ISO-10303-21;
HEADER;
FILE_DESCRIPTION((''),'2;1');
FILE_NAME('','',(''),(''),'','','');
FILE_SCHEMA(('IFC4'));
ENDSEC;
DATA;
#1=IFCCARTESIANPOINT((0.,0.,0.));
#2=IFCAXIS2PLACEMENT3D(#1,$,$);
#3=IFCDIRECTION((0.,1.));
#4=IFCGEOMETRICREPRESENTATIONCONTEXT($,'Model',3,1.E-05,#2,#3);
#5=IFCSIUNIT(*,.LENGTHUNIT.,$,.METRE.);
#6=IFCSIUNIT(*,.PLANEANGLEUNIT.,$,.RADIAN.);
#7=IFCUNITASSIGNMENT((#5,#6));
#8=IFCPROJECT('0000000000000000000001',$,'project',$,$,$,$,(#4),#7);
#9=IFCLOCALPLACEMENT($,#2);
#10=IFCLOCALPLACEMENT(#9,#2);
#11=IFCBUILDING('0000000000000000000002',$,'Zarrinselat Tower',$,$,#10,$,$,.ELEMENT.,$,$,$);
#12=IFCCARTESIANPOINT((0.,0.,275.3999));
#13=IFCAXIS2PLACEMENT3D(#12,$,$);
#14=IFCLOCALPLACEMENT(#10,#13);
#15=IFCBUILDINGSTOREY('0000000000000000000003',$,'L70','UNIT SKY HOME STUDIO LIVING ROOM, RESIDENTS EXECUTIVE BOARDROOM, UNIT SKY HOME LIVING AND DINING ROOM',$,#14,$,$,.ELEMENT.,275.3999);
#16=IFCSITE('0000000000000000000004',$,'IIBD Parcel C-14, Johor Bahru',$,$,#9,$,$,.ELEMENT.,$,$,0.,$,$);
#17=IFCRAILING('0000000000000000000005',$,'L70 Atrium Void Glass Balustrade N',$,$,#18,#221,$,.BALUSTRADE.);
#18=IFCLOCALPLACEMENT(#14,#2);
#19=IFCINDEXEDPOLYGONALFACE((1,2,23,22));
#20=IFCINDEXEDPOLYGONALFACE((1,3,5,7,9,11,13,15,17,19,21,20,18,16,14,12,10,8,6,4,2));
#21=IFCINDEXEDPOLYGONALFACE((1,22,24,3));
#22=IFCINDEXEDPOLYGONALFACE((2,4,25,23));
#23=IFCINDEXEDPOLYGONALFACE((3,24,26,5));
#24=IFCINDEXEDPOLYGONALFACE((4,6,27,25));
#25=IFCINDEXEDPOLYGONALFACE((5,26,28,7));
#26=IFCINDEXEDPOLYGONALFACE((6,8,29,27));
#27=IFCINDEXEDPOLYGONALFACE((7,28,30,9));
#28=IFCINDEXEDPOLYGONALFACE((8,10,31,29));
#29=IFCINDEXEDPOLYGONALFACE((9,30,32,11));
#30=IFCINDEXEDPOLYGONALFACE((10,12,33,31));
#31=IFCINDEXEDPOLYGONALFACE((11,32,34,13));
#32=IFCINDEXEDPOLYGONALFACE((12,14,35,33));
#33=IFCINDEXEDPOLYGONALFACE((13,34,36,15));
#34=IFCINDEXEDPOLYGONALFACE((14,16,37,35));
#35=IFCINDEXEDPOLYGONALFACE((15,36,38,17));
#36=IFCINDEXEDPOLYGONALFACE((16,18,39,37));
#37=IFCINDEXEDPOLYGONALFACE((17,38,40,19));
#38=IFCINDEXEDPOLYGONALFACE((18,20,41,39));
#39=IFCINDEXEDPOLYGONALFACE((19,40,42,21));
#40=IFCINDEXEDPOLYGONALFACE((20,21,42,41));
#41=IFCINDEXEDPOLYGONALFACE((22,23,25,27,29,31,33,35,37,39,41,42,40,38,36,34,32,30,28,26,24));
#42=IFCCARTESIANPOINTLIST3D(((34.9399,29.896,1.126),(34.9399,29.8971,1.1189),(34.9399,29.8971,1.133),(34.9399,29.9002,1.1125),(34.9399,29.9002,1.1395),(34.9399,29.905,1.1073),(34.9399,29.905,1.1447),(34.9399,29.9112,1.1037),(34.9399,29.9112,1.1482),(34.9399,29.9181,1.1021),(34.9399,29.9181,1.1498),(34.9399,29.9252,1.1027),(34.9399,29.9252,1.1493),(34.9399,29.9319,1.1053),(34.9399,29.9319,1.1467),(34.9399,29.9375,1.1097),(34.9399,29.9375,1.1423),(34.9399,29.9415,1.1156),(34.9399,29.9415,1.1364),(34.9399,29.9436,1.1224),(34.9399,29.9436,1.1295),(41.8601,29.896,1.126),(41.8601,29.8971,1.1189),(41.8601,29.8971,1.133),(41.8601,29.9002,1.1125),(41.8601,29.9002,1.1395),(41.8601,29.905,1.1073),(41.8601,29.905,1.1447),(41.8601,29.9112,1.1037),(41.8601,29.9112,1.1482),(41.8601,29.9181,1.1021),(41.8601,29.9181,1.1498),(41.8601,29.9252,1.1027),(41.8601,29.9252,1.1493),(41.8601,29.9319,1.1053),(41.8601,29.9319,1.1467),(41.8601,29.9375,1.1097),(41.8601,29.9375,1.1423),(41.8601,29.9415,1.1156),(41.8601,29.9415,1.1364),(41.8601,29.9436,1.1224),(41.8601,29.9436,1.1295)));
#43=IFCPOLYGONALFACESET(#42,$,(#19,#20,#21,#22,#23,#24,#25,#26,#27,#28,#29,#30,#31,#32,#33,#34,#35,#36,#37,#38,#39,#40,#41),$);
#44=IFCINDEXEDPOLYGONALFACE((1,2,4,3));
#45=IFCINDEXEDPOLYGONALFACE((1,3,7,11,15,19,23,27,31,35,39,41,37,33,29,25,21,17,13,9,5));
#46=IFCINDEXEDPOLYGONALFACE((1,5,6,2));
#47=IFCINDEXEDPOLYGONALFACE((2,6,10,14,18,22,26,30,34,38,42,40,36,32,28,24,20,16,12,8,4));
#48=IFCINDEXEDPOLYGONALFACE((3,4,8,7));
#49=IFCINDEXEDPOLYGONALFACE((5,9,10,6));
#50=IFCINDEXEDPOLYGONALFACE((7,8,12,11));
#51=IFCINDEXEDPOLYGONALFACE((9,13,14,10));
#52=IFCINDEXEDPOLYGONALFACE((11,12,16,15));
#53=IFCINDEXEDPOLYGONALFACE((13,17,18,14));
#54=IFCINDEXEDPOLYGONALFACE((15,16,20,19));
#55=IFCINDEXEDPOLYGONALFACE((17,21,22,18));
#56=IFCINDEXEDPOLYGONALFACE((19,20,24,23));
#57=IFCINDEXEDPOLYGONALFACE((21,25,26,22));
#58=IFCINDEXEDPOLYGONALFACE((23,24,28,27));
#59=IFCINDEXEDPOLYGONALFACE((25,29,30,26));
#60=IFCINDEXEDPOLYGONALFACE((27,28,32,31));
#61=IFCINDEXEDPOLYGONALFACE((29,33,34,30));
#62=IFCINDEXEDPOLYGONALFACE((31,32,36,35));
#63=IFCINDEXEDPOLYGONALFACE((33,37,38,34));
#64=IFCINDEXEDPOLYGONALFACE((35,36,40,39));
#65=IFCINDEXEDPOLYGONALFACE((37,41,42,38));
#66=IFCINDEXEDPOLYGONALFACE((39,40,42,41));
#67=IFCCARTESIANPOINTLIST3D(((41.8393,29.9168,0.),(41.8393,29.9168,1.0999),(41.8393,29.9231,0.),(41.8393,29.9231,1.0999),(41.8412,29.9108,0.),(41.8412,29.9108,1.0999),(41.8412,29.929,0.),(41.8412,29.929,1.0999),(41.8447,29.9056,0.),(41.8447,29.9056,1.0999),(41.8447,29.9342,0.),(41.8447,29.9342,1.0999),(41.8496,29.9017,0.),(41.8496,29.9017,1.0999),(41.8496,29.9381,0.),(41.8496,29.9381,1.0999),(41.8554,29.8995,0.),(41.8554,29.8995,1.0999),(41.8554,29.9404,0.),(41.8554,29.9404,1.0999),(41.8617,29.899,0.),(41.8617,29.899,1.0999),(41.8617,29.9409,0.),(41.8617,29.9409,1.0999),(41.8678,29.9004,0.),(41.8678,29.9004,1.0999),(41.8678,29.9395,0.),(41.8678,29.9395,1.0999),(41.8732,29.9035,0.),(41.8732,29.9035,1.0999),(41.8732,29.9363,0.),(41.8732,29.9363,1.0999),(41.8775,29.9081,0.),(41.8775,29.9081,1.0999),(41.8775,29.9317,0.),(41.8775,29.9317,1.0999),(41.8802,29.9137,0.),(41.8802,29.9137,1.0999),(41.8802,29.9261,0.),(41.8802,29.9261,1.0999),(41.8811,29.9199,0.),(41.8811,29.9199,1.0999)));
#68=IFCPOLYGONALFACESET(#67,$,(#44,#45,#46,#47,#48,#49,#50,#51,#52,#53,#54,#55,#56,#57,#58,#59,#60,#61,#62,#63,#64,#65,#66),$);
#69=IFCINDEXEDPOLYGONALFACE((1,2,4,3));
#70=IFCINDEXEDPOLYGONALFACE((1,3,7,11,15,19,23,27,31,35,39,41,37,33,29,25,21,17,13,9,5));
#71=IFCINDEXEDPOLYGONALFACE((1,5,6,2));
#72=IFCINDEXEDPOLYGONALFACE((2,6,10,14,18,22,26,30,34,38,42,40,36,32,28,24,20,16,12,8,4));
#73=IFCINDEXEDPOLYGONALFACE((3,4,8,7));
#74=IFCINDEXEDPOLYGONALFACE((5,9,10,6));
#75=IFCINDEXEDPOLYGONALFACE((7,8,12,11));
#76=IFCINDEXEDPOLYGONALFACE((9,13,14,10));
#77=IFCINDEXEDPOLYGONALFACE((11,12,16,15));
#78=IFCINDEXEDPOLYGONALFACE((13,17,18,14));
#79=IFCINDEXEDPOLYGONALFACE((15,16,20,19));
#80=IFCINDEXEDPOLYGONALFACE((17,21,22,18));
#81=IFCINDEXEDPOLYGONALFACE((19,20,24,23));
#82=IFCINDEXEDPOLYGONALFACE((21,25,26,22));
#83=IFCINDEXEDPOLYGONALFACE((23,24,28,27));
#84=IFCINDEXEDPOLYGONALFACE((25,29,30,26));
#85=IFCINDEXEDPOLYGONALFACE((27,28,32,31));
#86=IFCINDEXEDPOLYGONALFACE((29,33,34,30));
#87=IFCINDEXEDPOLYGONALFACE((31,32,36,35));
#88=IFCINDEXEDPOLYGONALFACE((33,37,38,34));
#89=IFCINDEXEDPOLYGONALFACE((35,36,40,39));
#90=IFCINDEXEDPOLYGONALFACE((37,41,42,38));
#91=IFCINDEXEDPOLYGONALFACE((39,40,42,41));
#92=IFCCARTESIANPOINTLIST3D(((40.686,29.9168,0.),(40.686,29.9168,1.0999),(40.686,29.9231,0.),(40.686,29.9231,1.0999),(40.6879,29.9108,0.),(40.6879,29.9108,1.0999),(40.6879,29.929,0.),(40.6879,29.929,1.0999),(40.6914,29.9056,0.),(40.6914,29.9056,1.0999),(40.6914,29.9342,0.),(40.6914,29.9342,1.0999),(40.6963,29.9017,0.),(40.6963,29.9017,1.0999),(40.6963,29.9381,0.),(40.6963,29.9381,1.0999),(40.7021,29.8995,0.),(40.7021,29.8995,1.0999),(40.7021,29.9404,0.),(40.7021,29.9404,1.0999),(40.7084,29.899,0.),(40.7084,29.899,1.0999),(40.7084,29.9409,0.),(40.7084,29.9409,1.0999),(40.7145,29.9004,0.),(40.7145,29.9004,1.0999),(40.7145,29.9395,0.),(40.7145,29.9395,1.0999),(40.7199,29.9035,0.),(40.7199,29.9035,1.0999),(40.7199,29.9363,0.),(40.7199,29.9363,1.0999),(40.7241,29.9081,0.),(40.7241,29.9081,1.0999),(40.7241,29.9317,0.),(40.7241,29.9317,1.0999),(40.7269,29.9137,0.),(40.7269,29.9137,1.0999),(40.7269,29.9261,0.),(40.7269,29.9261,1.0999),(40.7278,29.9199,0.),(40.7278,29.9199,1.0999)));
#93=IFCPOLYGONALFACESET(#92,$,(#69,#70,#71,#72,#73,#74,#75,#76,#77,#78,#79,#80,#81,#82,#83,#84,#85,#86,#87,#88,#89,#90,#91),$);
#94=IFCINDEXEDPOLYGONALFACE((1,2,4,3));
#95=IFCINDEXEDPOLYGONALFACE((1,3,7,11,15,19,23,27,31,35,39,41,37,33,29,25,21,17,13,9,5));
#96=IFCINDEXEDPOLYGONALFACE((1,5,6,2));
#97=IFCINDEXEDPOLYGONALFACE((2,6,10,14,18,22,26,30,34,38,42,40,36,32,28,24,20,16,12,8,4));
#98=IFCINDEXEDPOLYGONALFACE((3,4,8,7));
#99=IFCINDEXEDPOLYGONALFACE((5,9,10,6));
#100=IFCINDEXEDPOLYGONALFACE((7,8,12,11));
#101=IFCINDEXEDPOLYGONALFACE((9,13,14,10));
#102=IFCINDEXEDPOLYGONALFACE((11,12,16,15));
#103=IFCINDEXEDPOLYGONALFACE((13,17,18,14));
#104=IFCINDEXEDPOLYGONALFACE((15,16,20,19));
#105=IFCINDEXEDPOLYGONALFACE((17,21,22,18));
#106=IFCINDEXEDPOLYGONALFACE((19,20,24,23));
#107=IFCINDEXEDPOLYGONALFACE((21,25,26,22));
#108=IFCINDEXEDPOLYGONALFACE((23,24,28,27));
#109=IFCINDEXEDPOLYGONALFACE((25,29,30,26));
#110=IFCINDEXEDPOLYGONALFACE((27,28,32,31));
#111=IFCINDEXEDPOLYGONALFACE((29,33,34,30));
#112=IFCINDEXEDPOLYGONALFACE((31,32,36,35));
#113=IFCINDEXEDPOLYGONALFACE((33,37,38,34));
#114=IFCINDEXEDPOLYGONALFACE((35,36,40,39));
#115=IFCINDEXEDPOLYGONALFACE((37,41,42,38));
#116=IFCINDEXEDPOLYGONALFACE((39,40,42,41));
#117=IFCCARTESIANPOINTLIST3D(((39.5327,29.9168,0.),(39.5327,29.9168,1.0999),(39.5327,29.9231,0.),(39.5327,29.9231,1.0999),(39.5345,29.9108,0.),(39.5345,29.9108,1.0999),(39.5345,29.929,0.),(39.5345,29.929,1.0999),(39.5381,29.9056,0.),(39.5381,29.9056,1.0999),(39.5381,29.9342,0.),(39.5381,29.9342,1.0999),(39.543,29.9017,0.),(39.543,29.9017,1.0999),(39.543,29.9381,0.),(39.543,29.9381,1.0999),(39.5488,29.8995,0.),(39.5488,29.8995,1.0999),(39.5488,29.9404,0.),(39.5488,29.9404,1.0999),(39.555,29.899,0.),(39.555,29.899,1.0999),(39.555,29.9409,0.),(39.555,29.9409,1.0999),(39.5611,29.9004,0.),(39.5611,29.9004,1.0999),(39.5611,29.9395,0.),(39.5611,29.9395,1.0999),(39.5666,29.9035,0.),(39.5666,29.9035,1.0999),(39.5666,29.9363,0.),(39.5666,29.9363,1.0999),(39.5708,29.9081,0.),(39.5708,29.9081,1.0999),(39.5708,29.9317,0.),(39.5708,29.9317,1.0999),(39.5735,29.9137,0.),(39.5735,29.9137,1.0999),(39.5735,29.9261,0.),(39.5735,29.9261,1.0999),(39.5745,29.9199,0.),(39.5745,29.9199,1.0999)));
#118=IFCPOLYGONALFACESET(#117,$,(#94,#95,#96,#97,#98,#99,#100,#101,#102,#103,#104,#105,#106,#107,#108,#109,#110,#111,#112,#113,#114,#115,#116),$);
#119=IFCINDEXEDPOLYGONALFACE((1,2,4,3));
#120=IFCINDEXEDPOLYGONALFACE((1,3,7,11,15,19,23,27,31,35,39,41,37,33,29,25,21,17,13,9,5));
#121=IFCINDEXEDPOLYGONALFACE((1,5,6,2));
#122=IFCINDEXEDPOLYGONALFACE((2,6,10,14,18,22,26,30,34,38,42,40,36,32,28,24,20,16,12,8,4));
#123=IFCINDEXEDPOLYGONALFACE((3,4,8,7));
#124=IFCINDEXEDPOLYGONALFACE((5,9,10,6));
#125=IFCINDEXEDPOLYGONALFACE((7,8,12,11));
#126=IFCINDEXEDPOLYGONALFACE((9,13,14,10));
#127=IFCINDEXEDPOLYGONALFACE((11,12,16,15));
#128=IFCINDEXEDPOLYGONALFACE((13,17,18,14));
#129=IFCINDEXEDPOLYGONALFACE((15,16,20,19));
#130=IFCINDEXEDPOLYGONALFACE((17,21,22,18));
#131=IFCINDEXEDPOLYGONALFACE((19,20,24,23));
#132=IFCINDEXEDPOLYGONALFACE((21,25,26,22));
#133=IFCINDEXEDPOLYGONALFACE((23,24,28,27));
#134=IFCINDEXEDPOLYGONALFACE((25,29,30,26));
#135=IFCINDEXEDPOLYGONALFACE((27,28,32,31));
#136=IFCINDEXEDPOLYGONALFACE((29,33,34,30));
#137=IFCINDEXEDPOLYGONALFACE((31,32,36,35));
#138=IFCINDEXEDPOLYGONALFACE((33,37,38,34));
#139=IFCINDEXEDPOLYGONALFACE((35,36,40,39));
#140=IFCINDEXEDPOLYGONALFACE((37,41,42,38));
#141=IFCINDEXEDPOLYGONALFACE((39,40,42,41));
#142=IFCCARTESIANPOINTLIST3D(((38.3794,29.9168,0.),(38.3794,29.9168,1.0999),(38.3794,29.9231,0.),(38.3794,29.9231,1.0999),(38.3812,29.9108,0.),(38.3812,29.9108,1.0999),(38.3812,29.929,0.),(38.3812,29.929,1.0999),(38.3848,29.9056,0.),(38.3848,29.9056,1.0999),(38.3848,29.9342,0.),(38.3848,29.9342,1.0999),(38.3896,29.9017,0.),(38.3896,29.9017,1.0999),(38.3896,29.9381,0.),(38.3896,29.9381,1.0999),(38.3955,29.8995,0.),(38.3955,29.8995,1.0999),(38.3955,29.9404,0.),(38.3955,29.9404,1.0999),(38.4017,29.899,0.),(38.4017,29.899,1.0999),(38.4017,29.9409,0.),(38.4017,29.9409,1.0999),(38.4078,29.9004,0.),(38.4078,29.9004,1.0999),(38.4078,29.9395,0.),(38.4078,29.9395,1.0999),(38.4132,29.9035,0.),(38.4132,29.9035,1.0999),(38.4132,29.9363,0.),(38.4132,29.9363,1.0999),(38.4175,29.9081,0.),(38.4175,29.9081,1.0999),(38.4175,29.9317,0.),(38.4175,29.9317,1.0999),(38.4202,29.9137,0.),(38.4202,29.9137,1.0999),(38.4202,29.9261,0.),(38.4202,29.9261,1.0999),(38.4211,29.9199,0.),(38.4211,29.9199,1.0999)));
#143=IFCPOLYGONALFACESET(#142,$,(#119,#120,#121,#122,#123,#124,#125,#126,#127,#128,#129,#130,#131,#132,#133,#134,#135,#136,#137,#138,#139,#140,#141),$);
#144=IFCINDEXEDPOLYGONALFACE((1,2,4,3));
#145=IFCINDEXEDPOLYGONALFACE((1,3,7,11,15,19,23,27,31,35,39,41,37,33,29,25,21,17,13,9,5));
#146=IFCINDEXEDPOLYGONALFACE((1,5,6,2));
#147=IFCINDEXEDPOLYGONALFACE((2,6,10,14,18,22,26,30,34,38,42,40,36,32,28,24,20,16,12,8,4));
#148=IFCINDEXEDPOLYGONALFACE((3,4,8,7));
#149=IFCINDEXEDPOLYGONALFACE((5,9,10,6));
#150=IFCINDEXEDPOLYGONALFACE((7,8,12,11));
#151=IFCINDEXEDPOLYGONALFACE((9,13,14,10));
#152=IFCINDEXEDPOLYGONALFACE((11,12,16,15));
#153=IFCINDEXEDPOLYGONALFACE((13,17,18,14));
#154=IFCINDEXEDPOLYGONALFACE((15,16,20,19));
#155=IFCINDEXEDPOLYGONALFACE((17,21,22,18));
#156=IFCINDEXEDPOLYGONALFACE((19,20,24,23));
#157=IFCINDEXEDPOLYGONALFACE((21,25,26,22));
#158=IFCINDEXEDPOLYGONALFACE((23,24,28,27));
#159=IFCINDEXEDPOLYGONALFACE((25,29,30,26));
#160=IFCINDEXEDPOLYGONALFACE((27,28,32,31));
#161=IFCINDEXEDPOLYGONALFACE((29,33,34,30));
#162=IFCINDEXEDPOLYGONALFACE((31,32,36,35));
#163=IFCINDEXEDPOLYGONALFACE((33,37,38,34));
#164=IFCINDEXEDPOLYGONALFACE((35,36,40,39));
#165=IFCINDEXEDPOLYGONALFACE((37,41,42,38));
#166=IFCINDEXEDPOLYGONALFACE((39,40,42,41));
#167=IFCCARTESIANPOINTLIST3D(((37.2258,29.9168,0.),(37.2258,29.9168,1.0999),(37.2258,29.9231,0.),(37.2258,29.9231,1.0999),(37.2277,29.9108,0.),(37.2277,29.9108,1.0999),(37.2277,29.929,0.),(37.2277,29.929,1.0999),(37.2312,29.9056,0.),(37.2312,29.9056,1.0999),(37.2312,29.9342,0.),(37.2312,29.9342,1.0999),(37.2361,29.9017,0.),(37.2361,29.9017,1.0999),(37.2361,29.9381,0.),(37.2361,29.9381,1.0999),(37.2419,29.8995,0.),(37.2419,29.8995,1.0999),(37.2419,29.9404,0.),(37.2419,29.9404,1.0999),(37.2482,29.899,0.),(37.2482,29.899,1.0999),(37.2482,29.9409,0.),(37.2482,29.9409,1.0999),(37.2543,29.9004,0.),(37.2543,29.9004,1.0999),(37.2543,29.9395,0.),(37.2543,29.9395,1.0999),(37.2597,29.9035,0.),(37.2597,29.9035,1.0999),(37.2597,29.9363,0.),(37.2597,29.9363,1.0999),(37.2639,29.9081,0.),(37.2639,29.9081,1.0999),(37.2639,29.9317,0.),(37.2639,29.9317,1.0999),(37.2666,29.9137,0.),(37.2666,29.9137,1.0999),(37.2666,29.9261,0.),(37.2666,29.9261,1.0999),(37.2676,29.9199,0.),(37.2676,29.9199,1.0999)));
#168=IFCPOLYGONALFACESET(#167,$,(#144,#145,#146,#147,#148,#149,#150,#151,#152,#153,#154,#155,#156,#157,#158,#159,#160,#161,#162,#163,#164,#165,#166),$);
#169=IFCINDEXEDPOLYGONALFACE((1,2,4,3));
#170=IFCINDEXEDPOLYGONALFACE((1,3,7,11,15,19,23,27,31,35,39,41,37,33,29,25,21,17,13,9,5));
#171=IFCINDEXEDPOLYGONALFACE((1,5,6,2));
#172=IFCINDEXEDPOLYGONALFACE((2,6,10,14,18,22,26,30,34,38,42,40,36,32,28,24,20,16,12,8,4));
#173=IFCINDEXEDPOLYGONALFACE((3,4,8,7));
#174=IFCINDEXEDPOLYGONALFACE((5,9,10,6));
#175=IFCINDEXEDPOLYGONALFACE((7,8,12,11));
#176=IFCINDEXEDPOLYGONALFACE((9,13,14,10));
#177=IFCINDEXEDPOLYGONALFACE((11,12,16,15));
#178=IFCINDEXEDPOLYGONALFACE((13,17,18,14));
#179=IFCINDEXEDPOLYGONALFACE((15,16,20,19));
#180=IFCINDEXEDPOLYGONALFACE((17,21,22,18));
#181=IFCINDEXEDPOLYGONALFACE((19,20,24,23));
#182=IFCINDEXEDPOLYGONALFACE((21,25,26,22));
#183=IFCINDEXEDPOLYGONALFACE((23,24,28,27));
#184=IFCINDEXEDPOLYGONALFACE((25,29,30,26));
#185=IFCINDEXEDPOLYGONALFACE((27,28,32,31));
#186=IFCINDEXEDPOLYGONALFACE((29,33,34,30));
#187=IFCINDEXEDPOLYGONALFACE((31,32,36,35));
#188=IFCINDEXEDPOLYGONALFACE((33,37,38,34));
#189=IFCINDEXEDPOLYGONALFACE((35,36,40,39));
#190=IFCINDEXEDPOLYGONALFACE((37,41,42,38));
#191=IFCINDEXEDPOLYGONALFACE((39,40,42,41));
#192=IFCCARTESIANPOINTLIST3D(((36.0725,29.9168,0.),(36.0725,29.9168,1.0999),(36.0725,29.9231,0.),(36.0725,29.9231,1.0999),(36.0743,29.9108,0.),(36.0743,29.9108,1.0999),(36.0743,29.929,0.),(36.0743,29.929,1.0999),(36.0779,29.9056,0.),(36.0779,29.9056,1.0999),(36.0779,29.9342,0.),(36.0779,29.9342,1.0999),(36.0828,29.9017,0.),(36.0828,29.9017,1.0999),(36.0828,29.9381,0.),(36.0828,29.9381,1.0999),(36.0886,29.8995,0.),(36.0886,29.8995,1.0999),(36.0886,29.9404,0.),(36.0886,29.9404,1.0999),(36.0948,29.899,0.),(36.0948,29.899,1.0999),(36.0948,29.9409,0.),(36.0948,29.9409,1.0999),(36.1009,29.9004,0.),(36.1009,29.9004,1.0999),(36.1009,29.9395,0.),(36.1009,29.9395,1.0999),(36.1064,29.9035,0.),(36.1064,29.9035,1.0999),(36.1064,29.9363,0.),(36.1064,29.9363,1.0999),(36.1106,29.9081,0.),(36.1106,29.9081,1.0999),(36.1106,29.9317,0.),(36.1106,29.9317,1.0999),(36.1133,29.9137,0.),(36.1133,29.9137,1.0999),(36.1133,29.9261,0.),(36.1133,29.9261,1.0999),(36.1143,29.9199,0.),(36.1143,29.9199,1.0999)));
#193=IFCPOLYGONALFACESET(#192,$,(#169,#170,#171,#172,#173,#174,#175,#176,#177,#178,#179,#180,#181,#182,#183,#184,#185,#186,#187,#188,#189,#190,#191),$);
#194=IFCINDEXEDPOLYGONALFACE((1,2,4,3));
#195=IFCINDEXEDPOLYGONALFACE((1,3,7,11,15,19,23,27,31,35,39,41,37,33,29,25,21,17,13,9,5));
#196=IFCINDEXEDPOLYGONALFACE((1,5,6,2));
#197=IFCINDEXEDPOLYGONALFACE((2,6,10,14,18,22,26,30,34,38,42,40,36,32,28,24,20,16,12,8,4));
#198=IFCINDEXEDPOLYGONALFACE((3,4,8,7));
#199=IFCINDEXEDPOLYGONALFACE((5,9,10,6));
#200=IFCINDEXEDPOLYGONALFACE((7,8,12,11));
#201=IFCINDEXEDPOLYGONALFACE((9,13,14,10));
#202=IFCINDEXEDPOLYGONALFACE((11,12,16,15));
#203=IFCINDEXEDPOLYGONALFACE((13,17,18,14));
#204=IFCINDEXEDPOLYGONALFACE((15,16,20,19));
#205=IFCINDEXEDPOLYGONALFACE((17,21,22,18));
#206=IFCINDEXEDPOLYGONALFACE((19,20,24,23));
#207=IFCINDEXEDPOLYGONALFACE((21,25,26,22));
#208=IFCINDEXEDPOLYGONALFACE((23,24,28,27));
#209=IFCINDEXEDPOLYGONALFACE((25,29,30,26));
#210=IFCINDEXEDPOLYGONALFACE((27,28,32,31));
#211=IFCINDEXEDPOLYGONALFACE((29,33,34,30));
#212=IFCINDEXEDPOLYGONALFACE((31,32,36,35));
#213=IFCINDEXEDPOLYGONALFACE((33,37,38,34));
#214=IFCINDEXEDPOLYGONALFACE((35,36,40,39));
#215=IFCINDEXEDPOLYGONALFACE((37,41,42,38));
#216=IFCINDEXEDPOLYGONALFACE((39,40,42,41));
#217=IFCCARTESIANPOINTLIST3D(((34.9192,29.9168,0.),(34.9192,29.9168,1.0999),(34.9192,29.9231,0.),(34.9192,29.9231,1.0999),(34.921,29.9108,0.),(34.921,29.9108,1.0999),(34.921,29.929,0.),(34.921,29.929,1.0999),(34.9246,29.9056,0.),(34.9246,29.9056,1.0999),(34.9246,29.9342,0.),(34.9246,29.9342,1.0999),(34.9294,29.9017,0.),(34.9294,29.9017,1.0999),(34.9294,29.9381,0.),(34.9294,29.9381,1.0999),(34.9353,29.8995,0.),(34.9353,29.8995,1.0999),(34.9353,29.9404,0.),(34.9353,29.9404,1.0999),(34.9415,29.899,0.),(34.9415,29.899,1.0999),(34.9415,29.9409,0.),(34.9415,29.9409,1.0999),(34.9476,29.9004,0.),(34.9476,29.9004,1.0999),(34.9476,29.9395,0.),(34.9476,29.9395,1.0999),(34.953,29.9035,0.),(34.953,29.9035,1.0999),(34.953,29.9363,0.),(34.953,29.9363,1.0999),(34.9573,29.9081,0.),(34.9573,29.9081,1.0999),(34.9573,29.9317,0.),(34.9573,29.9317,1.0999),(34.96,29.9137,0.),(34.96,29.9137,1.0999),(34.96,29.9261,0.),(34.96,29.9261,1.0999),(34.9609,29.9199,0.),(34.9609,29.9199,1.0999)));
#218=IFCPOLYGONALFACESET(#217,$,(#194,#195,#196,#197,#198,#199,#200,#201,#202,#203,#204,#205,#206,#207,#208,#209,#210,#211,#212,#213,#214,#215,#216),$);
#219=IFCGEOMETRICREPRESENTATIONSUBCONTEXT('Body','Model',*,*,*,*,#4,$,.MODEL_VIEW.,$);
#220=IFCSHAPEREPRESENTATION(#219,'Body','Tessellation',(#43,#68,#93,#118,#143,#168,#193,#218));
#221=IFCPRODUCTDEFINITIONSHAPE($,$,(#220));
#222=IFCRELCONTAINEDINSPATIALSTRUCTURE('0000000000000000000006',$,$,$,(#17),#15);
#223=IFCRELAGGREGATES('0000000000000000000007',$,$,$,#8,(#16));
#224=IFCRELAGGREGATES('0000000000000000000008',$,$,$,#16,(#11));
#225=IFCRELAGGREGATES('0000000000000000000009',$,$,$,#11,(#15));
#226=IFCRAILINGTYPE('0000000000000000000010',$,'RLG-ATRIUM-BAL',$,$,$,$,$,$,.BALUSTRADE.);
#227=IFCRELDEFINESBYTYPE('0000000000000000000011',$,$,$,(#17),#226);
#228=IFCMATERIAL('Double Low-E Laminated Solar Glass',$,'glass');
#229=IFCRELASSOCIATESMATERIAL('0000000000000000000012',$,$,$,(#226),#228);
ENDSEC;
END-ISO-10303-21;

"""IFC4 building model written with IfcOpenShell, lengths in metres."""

from ifc_helpers import new_model, si_unit, direction, frame, origin, origin_2d, place, context, subcontext, project, spatial, circle, extrude, material, type_object, element, save


model = new_model("IFC4")

# Units and contexts
model_context = context("Model", 3, precision=1e-05, world=origin(), true_north=direction((0.0, 1.0)))
body_context = subcontext(model_context, "Body", "Model", "MODEL_VIEW")
ifc_project = project(units=[si_unit("LENGTHUNIT", "METRE"), si_unit("PLANEANGLEUNIT", "RADIAN")], contexts=[model_context])

# Site, building, storey
site_placement = place(None, origin())
site = spatial("IfcSite", under=ifc_project, at=site_placement, Name="IIBD Parcel C-14, Johor Bahru", CompositionType="ELEMENT", RefElevation=0.0)
building_placement = place(site_placement, origin())
building = spatial("IfcBuilding", under=site, at=building_placement, Name="Zarrinselat Tower", CompositionType="ELEMENT")
storey_placement = place(building_placement, frame((0.0, 0.0, 275.3999)))
storey = spatial("IfcBuildingStorey", under=building, at=storey_placement, Name="L70", Description="UNIT SKY HOME STUDIO LIVING ROOM, RESIDENTS EXECUTIVE BOARDROOM, UNIT SKY HOME LIVING AND DINING ROOM", CompositionType="ELEMENT", Elevation=275.3999)

# Railing
ifc_material_1 = material(Name="Double Low-E Laminated Solar Glass", Category="glass")
railing_type = type_object("IfcRailingType", Name="RLG-ATRIUM-BAL", PredefinedType="BALUSTRADE", material=ifc_material_1)
railing_1_placement = place(storey_placement, frame((41.8601, 29.9199, 0.0)))
element("IfcRailing", 1, at=railing_1_placement, inside=storey, type_object=railing_type, Name="L70 Atrium Void Glass Balustrade N", PredefinedType="BALUSTRADE", context=body_context, shape_type="SweptSolid", body=[
    extrude(circle(Radius=0.0239, at=origin_2d()), frame((0.0, 0.0, 1.126), z_axis=(-1.0, 0.0, 0.0), x_axis=(0.0, -1.0, 0.0)), (0.0, 0.0, 1.0), 6.9202),
    extrude(circle(Radius=0.021, at=origin_2d()), origin(), (0.0, 0.0, 1.0), 1.0999),
    extrude(circle(Radius=0.021, at=origin_2d()), frame((-1.1533, 0.0, 0.0)), (0.0, 0.0, 1.0), 1.0999),
    extrude(circle(Radius=0.021, at=origin_2d()), frame((-2.3066, 0.0, 0.0)), (0.0, 0.0, 1.0), 1.0999),
    extrude(circle(Radius=0.021, at=origin_2d()), frame((-3.46, 0.0, 0.0)), (0.0, 0.0, 1.0), 1.0999),
    extrude(circle(Radius=0.021, at=origin_2d()), frame((-4.6135, 0.0, 0.0)), (0.0, 0.0, 1.0), 1.0999),
    extrude(circle(Radius=0.021, at=origin_2d()), frame((-5.7668, 0.0, 0.0)), (0.0, 0.0, 1.0), 1.0999),
    extrude(circle(Radius=0.021, at=origin_2d()), frame((-6.9202, 0.0, 0.0)), (0.0, 0.0, 1.0), 1.0999),
])

save(model, "model.ifc")
